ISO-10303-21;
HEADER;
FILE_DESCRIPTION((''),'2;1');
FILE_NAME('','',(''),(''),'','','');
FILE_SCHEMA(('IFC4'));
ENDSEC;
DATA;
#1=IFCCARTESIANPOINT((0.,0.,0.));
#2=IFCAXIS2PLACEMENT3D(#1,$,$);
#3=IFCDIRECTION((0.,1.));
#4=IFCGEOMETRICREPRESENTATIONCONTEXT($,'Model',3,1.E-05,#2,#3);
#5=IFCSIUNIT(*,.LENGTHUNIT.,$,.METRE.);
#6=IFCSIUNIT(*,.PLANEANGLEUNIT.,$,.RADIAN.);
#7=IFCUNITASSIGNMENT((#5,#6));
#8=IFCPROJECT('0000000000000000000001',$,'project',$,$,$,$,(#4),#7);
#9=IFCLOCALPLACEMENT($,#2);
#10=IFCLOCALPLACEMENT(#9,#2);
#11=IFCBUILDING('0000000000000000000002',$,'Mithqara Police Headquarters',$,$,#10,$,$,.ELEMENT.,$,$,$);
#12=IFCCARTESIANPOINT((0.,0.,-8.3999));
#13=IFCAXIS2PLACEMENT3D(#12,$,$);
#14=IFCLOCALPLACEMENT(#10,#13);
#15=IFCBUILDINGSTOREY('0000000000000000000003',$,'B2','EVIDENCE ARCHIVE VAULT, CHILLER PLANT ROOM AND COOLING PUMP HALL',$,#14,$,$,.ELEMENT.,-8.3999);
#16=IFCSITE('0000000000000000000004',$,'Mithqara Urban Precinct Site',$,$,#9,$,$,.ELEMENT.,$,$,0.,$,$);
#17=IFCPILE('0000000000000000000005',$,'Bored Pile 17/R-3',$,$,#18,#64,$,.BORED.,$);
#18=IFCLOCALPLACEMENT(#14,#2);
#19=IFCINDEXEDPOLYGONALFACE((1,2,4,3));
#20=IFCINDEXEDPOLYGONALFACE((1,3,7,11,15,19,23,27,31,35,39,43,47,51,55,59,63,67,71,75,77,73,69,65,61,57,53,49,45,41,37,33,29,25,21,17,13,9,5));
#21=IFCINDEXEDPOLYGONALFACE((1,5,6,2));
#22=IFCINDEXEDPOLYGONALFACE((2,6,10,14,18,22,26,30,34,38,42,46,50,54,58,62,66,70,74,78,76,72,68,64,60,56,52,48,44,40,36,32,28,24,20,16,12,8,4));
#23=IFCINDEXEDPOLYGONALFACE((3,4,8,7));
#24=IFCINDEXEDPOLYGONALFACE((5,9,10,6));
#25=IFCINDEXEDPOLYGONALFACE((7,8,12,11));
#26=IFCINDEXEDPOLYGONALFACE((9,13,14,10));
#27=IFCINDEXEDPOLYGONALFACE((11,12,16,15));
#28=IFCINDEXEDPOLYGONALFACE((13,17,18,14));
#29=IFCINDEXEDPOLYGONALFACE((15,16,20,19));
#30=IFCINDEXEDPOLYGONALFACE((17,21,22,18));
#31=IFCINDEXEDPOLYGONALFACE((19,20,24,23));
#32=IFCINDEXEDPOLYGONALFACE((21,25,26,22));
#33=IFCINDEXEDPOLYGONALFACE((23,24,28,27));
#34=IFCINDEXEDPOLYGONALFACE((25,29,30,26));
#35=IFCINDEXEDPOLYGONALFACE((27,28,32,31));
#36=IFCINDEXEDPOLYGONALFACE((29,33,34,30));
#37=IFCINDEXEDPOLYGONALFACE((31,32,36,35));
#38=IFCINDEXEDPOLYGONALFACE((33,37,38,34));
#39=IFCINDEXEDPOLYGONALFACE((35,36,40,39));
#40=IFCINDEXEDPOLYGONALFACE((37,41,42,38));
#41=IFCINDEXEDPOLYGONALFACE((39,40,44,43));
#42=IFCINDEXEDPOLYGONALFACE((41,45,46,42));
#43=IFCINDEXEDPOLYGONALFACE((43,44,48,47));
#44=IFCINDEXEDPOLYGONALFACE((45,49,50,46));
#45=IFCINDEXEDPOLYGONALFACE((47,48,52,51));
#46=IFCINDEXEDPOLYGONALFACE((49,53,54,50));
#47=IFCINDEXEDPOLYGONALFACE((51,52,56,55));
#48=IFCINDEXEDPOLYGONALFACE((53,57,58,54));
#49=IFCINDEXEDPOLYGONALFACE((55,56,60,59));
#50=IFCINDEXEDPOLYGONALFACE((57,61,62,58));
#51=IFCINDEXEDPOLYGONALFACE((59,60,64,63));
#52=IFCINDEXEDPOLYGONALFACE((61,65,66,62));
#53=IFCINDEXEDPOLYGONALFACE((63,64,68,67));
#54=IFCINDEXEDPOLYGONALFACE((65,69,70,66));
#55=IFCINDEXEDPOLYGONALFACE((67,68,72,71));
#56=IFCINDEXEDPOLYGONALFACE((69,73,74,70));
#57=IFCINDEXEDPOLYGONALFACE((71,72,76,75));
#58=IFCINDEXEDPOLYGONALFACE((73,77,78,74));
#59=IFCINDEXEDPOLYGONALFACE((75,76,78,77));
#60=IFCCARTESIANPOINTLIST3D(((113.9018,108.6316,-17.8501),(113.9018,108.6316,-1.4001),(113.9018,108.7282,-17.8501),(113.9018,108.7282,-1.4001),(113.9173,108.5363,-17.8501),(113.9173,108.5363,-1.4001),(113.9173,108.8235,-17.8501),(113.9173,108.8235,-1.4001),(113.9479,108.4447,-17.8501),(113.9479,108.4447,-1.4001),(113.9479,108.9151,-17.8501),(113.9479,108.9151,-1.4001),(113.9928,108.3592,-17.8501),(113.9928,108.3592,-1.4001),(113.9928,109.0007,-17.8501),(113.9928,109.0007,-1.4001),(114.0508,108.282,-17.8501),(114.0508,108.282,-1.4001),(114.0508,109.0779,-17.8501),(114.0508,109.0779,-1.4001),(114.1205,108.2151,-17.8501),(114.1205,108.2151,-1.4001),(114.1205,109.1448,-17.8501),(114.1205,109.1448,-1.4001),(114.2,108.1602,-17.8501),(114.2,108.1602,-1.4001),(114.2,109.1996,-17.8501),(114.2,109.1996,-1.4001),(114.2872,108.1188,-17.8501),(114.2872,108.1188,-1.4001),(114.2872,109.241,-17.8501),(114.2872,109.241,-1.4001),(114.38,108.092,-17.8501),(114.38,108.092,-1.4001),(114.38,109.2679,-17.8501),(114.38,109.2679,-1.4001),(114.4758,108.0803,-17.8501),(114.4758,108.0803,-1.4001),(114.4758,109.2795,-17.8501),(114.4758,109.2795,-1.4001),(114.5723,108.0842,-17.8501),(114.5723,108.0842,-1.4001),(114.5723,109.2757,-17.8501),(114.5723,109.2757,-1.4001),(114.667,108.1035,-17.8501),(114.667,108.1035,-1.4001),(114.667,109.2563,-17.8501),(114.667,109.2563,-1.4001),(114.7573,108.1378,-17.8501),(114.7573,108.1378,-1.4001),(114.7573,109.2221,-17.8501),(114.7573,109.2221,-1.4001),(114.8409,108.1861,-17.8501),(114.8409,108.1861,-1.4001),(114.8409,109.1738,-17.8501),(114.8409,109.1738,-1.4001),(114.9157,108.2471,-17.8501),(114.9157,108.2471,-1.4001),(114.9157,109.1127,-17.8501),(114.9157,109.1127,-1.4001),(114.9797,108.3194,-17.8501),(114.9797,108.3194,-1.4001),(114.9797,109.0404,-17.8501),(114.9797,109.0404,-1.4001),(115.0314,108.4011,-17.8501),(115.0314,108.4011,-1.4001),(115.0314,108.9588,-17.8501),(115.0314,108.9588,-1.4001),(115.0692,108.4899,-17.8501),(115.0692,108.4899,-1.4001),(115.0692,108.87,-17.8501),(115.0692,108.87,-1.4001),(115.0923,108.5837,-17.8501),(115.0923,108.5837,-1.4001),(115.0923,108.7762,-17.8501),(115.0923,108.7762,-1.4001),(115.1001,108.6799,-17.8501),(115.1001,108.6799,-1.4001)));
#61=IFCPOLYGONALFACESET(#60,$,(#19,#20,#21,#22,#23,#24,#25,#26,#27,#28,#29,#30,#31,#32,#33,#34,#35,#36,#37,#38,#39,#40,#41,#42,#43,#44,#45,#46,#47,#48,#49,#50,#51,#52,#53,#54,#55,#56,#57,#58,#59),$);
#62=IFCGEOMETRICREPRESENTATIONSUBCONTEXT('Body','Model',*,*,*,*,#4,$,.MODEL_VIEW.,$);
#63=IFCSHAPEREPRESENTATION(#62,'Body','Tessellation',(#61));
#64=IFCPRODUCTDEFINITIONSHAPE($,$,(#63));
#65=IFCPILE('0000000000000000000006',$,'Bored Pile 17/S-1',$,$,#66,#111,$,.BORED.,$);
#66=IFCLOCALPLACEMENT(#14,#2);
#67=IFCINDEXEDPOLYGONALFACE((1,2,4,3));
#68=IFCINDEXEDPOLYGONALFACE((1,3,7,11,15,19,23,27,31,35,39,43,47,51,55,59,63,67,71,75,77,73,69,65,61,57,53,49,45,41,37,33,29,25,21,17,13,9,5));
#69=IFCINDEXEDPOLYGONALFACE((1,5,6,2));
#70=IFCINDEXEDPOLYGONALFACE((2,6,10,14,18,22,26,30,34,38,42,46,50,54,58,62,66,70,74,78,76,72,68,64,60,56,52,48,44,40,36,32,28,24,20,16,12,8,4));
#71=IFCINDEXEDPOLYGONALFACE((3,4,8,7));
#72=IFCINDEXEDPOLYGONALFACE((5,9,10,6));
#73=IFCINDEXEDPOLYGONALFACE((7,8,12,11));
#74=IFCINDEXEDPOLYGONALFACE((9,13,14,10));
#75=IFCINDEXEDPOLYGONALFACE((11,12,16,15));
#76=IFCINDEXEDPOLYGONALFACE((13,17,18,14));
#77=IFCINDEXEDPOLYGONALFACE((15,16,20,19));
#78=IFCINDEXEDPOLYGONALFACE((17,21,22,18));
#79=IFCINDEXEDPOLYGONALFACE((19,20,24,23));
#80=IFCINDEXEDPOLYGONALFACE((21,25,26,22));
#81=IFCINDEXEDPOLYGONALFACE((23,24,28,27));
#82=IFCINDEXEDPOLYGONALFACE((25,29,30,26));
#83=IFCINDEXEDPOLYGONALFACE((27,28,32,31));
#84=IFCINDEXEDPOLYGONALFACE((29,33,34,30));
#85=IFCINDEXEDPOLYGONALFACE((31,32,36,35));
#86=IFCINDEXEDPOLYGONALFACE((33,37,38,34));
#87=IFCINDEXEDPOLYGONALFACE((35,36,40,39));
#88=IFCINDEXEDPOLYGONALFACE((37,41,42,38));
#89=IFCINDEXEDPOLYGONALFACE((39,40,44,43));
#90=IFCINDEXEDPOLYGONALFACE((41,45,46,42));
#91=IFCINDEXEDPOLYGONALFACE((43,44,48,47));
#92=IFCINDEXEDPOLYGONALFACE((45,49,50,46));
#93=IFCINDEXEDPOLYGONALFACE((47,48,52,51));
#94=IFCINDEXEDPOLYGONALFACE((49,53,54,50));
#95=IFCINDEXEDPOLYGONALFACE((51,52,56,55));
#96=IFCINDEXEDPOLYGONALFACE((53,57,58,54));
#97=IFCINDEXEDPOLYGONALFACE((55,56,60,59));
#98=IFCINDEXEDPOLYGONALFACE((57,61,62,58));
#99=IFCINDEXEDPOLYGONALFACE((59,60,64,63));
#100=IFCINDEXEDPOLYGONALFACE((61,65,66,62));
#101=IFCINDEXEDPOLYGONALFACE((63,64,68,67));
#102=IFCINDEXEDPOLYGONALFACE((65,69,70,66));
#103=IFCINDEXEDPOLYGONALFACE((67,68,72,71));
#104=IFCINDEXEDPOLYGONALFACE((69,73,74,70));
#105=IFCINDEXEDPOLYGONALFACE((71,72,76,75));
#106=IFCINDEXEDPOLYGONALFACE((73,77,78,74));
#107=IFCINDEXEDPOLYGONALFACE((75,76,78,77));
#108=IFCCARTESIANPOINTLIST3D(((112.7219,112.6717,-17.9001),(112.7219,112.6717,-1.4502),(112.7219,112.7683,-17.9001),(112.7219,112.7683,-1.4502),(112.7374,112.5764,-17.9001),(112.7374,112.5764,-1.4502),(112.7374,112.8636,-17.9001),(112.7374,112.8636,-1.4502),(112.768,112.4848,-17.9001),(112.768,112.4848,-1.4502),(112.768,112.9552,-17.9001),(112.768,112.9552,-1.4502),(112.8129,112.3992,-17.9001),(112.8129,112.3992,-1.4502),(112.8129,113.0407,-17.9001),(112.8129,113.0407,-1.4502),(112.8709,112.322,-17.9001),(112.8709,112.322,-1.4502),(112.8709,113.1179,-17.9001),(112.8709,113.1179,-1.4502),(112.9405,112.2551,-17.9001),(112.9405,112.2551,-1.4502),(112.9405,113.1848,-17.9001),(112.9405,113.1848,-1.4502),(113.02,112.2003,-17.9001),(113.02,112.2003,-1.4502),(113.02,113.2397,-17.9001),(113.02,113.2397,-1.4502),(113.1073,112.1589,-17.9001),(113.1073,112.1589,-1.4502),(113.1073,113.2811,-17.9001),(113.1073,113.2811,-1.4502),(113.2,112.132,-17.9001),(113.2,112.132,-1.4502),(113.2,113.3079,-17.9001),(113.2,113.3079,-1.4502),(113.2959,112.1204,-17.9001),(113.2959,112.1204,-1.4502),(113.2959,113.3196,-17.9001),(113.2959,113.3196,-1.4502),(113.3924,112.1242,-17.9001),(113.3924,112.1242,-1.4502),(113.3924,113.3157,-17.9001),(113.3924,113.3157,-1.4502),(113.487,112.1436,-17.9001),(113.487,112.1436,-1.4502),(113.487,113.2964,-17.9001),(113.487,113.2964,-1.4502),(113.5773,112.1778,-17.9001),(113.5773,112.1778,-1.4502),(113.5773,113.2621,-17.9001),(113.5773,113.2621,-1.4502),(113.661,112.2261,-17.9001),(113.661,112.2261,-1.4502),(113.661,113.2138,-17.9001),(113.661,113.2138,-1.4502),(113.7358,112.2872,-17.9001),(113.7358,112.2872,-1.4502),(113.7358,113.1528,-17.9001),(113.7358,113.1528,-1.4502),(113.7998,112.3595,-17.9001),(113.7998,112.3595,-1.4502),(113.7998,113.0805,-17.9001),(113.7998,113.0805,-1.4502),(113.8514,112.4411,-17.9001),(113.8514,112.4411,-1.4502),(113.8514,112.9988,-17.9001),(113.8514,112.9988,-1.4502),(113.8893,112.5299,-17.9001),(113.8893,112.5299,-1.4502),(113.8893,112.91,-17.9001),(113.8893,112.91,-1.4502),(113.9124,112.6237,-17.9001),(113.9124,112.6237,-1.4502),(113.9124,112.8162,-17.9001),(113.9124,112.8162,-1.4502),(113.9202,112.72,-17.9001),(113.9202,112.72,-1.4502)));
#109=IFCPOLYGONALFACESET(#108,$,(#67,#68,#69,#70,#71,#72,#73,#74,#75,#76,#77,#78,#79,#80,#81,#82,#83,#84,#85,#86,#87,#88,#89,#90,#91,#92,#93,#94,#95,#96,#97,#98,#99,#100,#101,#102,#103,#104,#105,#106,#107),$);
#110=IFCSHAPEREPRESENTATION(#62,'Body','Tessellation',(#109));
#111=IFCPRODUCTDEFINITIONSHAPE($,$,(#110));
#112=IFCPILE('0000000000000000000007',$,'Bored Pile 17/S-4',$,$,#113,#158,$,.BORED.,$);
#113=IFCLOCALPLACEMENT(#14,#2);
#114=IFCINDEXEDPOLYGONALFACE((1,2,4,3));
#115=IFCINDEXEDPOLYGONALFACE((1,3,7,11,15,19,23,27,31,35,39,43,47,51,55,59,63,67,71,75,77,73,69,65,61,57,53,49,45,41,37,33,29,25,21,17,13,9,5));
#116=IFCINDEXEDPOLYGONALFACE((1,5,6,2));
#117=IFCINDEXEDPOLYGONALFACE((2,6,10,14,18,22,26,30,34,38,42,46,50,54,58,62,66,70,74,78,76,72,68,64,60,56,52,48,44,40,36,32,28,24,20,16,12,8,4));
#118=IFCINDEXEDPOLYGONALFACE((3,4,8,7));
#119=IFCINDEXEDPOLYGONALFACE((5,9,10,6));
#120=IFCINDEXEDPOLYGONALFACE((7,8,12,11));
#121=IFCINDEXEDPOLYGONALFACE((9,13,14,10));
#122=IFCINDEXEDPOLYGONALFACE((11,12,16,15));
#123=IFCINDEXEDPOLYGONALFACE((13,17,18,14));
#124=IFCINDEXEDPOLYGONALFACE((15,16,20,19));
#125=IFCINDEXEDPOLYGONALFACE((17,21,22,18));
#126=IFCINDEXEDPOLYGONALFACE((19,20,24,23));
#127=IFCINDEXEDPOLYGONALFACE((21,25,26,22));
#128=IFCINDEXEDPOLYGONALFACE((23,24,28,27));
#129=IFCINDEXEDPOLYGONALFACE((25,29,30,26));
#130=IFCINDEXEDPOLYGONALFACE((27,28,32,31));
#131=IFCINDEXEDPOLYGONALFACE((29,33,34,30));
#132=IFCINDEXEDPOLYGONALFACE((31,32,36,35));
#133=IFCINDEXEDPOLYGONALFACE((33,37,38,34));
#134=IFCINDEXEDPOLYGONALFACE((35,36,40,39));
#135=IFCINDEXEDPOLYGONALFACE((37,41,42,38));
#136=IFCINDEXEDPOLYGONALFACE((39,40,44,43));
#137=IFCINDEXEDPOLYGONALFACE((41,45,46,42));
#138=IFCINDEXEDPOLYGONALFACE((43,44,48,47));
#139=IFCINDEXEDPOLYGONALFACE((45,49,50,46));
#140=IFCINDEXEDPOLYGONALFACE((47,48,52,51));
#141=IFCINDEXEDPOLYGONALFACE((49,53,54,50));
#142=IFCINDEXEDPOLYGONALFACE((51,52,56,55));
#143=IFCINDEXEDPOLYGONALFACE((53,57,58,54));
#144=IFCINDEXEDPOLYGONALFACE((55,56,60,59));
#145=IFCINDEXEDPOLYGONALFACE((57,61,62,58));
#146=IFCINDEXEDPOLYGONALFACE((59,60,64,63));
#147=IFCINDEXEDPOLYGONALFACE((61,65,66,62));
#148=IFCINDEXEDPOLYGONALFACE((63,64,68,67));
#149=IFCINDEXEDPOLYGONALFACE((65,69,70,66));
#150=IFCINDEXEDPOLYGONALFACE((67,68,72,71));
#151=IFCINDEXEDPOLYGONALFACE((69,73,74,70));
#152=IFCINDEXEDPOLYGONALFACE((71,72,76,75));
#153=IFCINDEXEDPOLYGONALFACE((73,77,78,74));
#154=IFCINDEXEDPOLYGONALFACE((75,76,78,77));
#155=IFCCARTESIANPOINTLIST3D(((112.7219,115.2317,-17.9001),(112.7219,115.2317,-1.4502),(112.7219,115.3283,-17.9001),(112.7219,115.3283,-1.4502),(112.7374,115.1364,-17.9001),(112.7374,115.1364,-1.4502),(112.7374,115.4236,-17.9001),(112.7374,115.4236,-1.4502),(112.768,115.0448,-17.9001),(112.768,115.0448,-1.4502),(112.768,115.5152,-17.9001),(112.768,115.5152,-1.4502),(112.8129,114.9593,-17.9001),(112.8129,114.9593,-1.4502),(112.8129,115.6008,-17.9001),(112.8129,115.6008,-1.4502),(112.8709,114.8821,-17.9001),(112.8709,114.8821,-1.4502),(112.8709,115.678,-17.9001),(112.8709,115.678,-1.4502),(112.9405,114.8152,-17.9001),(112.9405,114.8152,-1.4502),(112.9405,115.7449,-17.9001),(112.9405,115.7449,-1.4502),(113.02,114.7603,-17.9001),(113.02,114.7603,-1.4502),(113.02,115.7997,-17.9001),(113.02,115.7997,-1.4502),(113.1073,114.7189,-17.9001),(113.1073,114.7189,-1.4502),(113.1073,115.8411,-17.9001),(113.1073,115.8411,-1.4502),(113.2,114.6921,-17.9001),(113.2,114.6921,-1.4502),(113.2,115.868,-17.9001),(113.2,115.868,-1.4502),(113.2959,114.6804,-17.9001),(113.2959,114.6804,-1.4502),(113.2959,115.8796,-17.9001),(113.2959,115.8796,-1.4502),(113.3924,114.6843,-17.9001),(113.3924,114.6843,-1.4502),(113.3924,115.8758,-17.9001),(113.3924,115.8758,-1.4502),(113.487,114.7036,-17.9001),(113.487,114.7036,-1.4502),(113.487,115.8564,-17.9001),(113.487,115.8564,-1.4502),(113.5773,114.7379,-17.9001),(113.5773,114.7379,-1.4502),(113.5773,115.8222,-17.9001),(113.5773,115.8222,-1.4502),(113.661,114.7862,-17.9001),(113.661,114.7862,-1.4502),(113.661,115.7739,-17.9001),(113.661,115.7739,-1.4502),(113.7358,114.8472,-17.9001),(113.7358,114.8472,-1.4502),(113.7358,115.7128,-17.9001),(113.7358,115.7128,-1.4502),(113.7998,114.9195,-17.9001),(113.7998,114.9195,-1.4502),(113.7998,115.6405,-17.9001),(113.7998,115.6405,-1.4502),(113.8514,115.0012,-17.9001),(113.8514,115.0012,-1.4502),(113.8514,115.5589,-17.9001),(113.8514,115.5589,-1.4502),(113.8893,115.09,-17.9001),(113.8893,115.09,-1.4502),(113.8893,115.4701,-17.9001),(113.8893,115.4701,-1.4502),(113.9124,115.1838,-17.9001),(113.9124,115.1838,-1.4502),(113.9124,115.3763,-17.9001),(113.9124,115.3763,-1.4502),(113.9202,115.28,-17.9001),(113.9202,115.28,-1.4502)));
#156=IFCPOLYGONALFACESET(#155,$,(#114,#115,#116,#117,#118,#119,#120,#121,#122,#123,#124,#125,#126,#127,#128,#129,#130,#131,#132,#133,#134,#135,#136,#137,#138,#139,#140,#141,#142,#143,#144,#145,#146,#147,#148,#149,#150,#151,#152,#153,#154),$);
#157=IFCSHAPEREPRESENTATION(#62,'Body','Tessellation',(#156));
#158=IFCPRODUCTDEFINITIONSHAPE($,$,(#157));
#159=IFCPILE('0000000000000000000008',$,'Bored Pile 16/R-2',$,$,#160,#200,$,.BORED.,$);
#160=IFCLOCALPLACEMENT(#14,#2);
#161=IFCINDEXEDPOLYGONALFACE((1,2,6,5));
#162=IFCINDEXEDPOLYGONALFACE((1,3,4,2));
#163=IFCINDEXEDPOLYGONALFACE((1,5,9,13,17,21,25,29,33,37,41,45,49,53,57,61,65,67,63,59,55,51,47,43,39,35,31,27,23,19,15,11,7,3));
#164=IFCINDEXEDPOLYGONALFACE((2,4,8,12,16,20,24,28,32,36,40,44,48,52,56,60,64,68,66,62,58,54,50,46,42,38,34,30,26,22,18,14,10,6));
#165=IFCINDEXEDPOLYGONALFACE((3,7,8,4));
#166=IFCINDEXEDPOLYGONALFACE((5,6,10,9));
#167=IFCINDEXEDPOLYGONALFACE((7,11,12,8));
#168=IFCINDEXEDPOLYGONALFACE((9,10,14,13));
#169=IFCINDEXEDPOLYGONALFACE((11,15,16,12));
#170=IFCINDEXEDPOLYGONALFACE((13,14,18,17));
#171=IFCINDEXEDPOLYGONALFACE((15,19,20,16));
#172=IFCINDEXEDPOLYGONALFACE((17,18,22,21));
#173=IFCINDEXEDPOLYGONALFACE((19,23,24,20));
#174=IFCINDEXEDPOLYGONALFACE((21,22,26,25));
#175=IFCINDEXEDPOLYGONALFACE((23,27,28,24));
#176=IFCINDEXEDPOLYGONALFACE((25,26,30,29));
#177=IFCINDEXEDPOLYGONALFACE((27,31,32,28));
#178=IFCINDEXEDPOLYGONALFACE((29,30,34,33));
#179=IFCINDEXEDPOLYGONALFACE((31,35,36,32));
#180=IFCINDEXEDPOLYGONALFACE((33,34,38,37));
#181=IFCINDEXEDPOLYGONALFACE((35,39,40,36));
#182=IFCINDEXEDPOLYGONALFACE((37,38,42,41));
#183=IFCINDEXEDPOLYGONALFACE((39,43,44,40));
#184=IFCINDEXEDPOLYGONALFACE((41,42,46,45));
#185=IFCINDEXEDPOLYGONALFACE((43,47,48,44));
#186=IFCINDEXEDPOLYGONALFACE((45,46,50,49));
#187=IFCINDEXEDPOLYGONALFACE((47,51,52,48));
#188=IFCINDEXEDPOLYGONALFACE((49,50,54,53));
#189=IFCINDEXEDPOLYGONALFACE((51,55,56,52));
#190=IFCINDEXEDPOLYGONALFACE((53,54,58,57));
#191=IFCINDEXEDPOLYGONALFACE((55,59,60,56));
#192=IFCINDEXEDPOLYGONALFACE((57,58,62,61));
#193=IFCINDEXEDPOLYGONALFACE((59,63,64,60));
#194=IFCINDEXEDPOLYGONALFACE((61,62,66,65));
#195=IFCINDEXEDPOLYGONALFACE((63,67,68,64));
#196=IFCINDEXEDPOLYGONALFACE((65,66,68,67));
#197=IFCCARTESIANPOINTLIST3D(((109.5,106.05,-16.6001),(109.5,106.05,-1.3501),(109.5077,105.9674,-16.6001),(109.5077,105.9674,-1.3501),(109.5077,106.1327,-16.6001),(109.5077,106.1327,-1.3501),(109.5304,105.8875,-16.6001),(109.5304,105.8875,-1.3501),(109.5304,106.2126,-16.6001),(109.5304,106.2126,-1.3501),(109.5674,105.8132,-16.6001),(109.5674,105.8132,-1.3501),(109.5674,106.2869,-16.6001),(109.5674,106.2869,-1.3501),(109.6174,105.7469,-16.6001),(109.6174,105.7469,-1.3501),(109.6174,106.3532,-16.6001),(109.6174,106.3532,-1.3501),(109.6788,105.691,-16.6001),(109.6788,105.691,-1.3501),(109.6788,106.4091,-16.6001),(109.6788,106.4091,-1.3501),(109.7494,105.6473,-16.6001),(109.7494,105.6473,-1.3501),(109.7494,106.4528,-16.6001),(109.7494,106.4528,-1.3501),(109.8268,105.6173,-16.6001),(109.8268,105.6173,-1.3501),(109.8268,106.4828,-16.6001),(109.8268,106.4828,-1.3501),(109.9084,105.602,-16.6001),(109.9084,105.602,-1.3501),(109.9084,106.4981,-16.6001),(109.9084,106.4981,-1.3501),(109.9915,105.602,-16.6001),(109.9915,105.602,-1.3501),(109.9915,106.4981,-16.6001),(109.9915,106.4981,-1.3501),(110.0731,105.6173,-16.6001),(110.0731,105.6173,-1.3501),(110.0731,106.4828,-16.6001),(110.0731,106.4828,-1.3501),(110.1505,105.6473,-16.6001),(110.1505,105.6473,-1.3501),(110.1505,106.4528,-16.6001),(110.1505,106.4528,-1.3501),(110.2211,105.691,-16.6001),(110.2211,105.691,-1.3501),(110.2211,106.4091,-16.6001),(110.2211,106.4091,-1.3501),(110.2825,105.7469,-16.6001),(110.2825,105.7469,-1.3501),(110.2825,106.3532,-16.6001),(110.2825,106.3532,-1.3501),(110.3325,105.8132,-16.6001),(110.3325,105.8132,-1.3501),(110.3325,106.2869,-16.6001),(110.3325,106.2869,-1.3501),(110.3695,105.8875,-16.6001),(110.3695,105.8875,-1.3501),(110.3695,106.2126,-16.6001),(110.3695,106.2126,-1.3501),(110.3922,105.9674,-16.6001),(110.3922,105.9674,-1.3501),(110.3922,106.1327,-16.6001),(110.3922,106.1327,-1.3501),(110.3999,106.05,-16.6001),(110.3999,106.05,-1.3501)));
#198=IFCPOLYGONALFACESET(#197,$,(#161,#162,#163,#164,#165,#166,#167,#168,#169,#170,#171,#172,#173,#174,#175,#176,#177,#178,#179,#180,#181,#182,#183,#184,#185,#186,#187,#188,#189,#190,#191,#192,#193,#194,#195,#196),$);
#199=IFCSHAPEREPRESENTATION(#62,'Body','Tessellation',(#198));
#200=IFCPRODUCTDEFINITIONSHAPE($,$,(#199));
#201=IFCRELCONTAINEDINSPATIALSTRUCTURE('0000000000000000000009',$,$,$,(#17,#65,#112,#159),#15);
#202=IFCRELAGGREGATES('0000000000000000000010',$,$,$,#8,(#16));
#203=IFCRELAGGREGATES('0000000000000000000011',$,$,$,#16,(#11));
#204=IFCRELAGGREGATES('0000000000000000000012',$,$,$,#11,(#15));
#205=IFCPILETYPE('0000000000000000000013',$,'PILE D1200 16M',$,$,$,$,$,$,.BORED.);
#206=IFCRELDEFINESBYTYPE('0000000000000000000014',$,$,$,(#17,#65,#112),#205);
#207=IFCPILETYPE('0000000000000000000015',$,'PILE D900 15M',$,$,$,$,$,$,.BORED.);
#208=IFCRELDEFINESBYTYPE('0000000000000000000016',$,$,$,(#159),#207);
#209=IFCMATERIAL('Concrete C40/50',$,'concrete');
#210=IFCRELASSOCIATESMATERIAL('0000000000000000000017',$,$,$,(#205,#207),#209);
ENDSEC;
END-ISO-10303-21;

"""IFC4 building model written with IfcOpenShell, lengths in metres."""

from ifc_helpers import new_model, si_unit, direction, frame, origin, origin_2d, place, context, subcontext, project, spatial, circle, extrude, material, material_profile, profile_set, type_object, element, save


model = new_model("IFC4")

# Units and contexts
model_context = context("Model", 3, precision=1e-05, world=origin(), true_north=direction((0.0, 1.0)))
body_context = subcontext(model_context, "Body", "Model", "MODEL_VIEW")
ifc_project = project(units=[si_unit("LENGTHUNIT", "METRE"), si_unit("PLANEANGLEUNIT", "RADIAN")], contexts=[model_context])

# Site, building, storey
site_placement = place(None, origin())
site = spatial("IfcSite", under=ifc_project, at=site_placement, Name="Mithqara Urban Precinct Site", CompositionType="ELEMENT", RefElevation=0.0)
building_placement = place(site_placement, origin())
building = spatial("IfcBuilding", under=site, at=building_placement, Name="Mithqara Police Headquarters", CompositionType="ELEMENT")
storey_placement = place(building_placement, frame((0.0, 0.0, -8.3999)))
storey = spatial("IfcBuildingStorey", under=building, at=storey_placement, Name="B2", Description="EVIDENCE ARCHIVE VAULT, CHILLER PLANT ROOM AND COOLING PUMP HALL", CompositionType="ELEMENT", Elevation=-8.3999)

# Shared definitions
ifc_material_1 = material(Name="Concrete C40/50", Category="concrete")

# Piles
ifc_material_profile_1 = material_profile(ifc_material_1, circle(Radius=0.6001, at=origin_2d()), Name="PILE D1200")
ifc_profile_set_1 = profile_set([ifc_material_profile_1], Name="Concrete C40/50")
pile_type_1 = type_object("IfcPileType", Name="PILE D1200 16M", PredefinedType="BORED", material=ifc_profile_set_1)
for number, where, z_axis, x_axis, name in (
    (1, (114.5, 108.6799, -1.4001), (0.0, 0.0, -1.0), (1.0, 0.0, 0.0), "Bored Pile 17/R-3"),
    (2, (113.3201, 112.72, -1.4502), (0.0, 0.0, -1.0), (1.0, 0.0, 0.0), "Bored Pile 17/S-1"),
    (3, (113.3201, 115.28, -1.4502), (0.0, 0.0, -1.0), (1.0, 0.0, 0.0), "Bored Pile 17/S-4"),
):
    element("IfcPile", number, at=place(storey_placement, frame(where, z_axis=z_axis, x_axis=x_axis)), inside=storey, type_object=pile_type_1, Name=name, PredefinedType="BORED", context=body_context, shape_type="SweptSolid", body=[
        extrude(circle(Radius=0.6001, at=origin_2d()), origin(), (0.0, 0.0, 1.0), 16.45),
    ])
ifc_material_profile_2 = material_profile(ifc_material_1, circle(Radius=0.45, at=origin_2d()), Name="PILE D900")
ifc_profile_set_2 = profile_set([ifc_material_profile_2], Name="Concrete C40/50")
pile_type_2 = type_object("IfcPileType", Name="PILE D900 15M", PredefinedType="BORED", material=ifc_profile_set_2)
for number, where, z_axis, x_axis, name in (
    (4, (109.95, 106.05, -1.3501), (0.0, 0.0, -1.0), (1.0, 0.0, 0.0), "Bored Pile 16/R-2"),
):
    element("IfcPile", number, at=place(storey_placement, frame(where, z_axis=z_axis, x_axis=x_axis)), inside=storey, type_object=pile_type_2, Name=name, PredefinedType="BORED", context=body_context, shape_type="SweptSolid", body=[
        extrude(circle(Radius=0.45, at=origin_2d()), origin(), (0.0, 0.0, 1.0), 15.25),
    ])

save(model, "model.ifc")
